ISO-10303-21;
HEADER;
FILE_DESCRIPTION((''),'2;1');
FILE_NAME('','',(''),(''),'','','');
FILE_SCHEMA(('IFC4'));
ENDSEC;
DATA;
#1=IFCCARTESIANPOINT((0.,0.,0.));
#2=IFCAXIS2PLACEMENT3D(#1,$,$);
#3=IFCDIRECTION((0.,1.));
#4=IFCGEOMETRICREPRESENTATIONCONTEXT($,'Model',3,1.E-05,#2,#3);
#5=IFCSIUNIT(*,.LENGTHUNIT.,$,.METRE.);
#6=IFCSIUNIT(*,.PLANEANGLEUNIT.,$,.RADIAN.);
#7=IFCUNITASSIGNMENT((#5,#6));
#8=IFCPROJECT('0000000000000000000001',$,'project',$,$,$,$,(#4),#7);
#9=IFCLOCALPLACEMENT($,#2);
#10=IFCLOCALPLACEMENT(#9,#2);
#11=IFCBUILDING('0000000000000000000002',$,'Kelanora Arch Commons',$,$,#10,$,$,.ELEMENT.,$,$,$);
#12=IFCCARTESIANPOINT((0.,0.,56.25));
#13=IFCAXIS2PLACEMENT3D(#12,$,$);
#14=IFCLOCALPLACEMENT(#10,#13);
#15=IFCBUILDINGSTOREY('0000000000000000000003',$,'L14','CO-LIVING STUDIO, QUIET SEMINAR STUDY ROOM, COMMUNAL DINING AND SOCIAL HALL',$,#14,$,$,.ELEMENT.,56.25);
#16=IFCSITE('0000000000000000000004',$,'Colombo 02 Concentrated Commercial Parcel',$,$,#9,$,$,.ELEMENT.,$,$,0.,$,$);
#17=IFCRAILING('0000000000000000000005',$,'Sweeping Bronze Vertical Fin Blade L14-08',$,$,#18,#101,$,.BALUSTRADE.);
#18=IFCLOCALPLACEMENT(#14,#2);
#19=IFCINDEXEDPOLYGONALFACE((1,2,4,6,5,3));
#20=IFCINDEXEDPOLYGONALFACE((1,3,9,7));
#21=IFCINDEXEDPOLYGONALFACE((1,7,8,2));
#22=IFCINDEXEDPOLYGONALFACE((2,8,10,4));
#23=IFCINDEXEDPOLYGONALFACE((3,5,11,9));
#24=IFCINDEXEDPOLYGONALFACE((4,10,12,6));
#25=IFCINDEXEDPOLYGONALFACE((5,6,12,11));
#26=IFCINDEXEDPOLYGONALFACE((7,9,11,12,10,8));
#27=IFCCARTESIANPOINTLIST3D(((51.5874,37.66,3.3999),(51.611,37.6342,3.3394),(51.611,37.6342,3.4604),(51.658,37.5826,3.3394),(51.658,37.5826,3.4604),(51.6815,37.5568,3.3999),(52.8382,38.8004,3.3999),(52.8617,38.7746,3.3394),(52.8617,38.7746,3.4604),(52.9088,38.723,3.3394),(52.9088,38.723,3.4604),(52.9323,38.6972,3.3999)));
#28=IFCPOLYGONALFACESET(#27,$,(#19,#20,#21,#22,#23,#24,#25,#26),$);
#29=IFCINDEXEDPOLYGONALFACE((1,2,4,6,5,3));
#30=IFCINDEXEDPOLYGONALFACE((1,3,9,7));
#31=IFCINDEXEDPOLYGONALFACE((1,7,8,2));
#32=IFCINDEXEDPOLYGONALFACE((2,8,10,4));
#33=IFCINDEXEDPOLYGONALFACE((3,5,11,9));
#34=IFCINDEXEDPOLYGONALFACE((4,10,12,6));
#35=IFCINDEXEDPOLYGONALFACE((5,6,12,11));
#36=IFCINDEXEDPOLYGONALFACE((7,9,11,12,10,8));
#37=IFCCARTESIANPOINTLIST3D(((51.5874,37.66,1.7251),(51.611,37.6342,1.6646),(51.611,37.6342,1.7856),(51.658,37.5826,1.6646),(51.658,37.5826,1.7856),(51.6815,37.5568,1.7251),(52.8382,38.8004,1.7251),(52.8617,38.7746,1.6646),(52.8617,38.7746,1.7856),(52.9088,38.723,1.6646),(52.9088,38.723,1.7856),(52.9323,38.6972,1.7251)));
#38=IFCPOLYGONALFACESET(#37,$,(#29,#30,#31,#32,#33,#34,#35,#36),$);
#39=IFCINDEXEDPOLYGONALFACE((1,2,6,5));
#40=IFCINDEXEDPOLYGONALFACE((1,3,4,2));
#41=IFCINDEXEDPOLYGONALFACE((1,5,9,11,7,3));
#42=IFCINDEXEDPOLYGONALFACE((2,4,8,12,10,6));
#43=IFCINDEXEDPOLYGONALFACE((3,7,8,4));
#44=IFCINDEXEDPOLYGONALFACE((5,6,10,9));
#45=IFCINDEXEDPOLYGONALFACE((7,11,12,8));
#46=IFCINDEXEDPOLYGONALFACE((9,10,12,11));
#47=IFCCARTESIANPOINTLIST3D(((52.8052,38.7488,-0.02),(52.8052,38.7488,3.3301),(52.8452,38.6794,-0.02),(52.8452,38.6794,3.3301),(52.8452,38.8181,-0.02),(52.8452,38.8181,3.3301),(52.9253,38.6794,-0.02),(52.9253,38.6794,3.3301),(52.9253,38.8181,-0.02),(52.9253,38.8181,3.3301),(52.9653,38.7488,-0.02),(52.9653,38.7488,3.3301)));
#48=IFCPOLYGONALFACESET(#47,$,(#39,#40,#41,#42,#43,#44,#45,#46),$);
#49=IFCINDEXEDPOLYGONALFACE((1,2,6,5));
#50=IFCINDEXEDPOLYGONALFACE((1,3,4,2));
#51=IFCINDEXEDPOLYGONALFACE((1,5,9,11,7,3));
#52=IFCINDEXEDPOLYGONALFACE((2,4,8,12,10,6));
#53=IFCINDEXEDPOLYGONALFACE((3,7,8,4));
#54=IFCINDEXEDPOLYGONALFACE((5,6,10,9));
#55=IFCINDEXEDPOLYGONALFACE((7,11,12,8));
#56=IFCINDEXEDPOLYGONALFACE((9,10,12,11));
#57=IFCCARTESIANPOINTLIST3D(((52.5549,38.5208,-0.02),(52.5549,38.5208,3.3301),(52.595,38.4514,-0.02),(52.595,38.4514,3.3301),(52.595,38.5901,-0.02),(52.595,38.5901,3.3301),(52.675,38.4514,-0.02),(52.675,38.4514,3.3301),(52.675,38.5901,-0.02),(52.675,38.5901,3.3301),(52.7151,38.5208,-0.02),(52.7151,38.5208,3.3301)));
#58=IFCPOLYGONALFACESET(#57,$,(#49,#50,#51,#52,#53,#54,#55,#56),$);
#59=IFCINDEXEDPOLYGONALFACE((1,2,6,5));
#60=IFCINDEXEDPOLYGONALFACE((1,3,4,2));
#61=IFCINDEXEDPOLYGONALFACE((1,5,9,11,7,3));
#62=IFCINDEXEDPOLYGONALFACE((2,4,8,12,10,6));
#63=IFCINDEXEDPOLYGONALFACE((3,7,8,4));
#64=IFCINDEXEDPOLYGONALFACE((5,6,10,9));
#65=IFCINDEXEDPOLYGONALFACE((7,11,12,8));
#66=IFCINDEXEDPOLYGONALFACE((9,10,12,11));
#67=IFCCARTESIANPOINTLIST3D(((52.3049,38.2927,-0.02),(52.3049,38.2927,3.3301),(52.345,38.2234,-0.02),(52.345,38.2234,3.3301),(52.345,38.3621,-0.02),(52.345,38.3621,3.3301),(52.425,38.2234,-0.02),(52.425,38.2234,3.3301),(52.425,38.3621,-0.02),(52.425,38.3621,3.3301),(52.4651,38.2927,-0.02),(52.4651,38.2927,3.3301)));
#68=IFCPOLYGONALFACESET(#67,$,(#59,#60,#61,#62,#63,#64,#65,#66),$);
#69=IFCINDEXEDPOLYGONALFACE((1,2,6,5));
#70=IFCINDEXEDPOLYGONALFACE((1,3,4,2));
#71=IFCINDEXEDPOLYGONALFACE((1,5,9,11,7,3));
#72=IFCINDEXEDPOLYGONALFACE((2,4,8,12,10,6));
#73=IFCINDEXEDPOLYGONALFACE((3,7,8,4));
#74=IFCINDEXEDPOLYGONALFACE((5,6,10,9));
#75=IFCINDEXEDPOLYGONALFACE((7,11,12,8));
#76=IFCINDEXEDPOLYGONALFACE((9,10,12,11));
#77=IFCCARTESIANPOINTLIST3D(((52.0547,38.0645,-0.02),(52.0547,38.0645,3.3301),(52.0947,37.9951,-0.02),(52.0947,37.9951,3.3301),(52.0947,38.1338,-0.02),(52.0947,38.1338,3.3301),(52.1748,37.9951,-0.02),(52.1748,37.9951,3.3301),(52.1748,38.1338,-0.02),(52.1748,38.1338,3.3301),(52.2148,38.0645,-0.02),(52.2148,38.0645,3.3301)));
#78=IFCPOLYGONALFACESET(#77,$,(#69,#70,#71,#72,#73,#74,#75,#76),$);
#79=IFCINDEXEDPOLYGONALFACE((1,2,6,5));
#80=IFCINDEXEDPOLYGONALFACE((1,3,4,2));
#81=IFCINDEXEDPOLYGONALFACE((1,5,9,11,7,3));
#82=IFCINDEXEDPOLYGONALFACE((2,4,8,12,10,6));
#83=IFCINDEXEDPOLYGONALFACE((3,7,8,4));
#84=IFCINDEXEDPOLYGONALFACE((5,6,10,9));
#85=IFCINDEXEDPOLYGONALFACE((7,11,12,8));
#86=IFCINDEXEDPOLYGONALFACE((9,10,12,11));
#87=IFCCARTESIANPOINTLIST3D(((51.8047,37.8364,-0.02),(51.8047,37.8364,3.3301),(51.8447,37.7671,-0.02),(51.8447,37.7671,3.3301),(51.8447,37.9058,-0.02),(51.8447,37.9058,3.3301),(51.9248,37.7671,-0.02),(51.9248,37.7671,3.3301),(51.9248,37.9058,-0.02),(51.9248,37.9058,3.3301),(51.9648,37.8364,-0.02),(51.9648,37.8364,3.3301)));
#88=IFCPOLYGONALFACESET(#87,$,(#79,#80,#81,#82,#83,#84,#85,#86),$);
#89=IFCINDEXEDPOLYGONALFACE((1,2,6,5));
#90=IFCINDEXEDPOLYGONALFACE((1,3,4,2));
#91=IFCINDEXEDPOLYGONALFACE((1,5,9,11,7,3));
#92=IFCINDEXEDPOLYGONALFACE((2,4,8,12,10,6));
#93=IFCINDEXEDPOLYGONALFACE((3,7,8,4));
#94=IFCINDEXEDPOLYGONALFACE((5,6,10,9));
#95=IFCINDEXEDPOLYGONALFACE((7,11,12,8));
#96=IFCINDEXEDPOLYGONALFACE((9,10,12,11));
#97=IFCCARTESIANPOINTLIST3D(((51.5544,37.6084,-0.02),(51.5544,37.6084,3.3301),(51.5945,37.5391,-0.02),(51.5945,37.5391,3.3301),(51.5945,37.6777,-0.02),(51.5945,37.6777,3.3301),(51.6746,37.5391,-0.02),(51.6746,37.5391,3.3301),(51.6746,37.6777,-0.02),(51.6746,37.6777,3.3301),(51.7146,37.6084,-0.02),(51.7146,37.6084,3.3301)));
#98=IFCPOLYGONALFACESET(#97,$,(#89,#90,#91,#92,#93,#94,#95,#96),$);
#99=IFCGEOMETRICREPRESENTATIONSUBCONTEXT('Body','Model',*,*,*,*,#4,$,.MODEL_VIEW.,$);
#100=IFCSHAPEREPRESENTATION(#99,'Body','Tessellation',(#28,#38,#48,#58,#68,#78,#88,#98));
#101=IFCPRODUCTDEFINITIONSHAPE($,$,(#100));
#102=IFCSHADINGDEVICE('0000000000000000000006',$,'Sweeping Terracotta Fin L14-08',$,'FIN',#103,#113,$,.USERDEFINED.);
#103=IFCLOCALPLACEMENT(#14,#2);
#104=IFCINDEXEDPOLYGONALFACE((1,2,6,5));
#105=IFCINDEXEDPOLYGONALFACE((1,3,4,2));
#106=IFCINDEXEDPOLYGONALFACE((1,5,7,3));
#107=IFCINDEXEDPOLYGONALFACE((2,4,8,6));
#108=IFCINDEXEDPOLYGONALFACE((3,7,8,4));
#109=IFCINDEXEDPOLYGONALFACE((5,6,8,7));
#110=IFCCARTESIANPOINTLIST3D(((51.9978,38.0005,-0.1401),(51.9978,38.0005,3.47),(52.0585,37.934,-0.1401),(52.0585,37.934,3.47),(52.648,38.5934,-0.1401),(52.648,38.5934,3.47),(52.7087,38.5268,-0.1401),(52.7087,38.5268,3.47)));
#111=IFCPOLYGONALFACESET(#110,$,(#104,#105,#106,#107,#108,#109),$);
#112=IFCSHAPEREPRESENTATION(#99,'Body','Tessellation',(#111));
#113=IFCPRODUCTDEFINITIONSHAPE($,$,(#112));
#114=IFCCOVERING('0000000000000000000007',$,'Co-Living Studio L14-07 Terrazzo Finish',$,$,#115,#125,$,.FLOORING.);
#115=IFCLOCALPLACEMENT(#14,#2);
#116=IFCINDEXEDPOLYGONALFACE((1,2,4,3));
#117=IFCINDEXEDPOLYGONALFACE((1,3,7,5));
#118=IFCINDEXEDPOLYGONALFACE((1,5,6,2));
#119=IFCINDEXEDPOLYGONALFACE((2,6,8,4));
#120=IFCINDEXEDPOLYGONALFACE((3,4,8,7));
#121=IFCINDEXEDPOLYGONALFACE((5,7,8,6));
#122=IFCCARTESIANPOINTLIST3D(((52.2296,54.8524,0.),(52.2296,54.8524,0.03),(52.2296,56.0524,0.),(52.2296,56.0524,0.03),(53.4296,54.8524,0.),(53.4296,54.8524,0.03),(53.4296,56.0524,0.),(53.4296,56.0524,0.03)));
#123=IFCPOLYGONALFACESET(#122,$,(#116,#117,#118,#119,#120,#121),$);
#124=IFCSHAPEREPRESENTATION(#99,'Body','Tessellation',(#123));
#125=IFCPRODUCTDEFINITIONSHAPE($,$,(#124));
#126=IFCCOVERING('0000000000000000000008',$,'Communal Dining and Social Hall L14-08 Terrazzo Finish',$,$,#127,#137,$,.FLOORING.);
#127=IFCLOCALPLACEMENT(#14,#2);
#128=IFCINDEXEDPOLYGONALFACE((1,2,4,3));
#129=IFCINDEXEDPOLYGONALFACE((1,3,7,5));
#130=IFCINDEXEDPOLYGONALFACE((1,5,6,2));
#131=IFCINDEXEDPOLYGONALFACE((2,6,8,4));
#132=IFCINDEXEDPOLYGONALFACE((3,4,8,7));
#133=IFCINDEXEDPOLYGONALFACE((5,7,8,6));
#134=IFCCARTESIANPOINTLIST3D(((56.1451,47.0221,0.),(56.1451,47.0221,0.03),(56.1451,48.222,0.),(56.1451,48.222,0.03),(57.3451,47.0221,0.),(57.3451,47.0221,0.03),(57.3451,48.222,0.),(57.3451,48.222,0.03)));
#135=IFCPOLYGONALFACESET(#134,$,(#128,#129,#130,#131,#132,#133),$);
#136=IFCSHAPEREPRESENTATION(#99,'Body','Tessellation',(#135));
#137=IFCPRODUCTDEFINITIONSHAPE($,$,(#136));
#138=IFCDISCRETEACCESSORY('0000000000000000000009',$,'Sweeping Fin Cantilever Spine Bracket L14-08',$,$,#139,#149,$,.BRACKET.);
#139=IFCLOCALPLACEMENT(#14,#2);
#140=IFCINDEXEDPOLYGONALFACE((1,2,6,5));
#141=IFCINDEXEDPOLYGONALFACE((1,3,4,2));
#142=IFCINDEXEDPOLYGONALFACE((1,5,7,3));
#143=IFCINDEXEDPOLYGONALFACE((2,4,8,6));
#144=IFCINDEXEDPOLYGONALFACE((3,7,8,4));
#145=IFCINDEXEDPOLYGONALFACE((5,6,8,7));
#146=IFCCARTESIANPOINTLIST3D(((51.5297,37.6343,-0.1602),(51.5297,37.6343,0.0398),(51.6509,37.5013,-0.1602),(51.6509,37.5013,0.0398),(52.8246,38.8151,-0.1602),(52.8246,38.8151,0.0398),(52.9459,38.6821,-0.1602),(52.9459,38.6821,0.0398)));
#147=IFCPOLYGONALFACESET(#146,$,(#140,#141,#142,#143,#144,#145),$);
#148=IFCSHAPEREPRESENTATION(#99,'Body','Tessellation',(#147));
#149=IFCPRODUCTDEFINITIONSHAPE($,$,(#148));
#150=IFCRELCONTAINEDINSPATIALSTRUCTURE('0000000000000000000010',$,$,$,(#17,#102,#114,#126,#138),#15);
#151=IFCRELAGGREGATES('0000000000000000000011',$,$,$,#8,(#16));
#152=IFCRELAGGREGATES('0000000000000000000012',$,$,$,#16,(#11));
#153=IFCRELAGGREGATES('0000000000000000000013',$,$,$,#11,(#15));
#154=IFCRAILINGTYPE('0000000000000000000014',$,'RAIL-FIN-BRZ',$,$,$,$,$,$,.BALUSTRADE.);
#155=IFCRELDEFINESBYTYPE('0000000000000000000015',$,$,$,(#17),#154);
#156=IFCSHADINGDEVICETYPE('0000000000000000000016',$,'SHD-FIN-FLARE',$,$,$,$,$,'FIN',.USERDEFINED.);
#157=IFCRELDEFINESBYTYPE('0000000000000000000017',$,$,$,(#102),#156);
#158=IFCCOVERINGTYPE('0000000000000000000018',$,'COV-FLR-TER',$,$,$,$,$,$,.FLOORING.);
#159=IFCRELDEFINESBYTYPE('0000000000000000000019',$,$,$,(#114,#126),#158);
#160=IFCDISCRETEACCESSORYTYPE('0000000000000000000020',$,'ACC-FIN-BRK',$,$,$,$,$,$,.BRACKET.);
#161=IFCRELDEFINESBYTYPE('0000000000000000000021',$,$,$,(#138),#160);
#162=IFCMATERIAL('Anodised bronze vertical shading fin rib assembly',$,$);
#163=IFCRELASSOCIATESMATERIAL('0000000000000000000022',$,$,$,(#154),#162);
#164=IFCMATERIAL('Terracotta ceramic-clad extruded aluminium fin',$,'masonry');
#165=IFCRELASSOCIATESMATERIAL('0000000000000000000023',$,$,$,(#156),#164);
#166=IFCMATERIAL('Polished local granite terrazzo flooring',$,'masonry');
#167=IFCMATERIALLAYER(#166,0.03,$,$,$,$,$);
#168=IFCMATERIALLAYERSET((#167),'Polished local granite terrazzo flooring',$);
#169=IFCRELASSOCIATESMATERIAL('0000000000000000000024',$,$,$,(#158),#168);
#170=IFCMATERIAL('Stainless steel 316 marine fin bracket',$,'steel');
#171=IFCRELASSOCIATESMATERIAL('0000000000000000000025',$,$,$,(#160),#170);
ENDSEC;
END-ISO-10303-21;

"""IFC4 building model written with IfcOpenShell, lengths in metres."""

from ifc_helpers import new_model, si_unit, direction, frame, origin, origin_2d, place, context, subcontext, project, spatial, polyline, rectangle, outline, extrude, source, transform, mapped, material, layer, layer_set, type_object, element, save


model = new_model("IFC4")

# Units and contexts
model_context = context("Model", 3, precision=1e-05, world=origin(), true_north=direction((0.0, 1.0)))
body_context = subcontext(model_context, "Body", "Model", "MODEL_VIEW")
ifc_project = project(units=[si_unit("LENGTHUNIT", "METRE"), si_unit("PLANEANGLEUNIT", "RADIAN")], contexts=[model_context])

# Site, building, storey
site_placement = place(None, origin())
site = spatial("IfcSite", under=ifc_project, at=site_placement, Name="Colombo 02 Concentrated Commercial Parcel", CompositionType="ELEMENT", RefElevation=0.0)
building_placement = place(site_placement, origin())
building = spatial("IfcBuilding", under=site, at=building_placement, Name="Kelanora Arch Commons", CompositionType="ELEMENT")
storey_placement = place(building_placement, frame((0.0, 0.0, 56.25)))
storey = spatial("IfcBuildingStorey", under=building, at=storey_placement, Name="L14", Description="CO-LIVING STUDIO, QUIET SEMINAR STUDY ROOM, COMMUNAL DINING AND SOCIAL HALL", CompositionType="ELEMENT", Elevation=56.25)

# Railing
ifc_material_1 = material(Name="Anodised bronze vertical shading fin rib assembly")
railing_type = type_object("IfcRailingType", Name="RAIL-FIN-BRZ", PredefinedType="BALUSTRADE", material=ifc_material_1)
railing_placement = place(storey_placement, frame((52.8853, 38.7488, -0.02)))
element("IfcRailing", 1, at=railing_placement, inside=storey, type_object=railing_type, Name="Sweeping Bronze Vertical Fin Blade L14-08", PredefinedType="BALUSTRADE", context=body_context, shape_type="SweptSolid", body=[
    extrude(outline(polyline([(0.0698, 0.0), (0.0349, 0.0605), (-0.0349, 0.0605), (-0.0698, 0.0), (-0.0349, -0.0605), (0.0349, -0.0605), (0.0698, 0.0)])), frame((0.0, 0.0, 3.4199), z_axis=(-0.738954, -0.673756, 0.0), x_axis=(0.673756, -0.738954, 0.0)), (0.0, 0.0, 1.0), 1.6926),
    extrude(outline(polyline([(0.0698, 0.0), (0.0349, 0.0605), (-0.0349, 0.0605), (-0.0698, 0.0), (-0.0349, -0.0605), (0.0349, -0.0605), (0.0698, 0.0)])), frame((0.0, 0.0, 1.7451), z_axis=(-0.738954, -0.673756, 0.0), x_axis=(0.673756, -0.738954, 0.0)), (0.0, 0.0, 1.0), 1.6926),
    extrude(outline(polyline([(0.0801, 0.0), (0.04, 0.0693), (-0.04, 0.0693), (-0.0801, 0.0), (-0.04, -0.0693), (0.04, -0.0693), (0.0801, 0.0)])), origin(), (0.0, 0.0, 1.0), 3.3501),
    extrude(outline(polyline([(0.0801, 0.0), (0.04, 0.0693), (-0.04, 0.0693), (-0.0801, 0.0), (-0.04, -0.0693), (0.04, -0.0693), (0.0801, 0.0)])), frame((-0.2502, -0.228, 0.0)), (0.0, 0.0, 1.0), 3.3501),
    extrude(outline(polyline([(0.0801, 0.0), (0.04, 0.0693), (-0.04, 0.0693), (-0.0801, 0.0), (-0.04, -0.0693), (0.04, -0.0693), (0.0801, 0.0)])), frame((-0.5002, -0.4561, 0.0)), (0.0, 0.0, 1.0), 3.3501),
    extrude(outline(polyline([(0.0801, 0.0), (0.04, 0.0693), (-0.04, 0.0693), (-0.0801, 0.0), (-0.04, -0.0693), (0.04, -0.0693), (0.0801, 0.0)])), frame((-0.7505, -0.6843, 0.0)), (0.0, 0.0, 1.0), 3.3501),
    extrude(outline(polyline([(0.0801, 0.0), (0.04, 0.0693), (-0.04, 0.0693), (-0.0801, 0.0), (-0.04, -0.0693), (0.04, -0.0693), (0.0801, 0.0)])), frame((-1.0005, -0.9124, 0.0)), (0.0, 0.0, 1.0), 3.3501),
    extrude(outline(polyline([(0.0801, 0.0), (0.04, 0.0693), (-0.04, 0.0693), (-0.0801, 0.0), (-0.04, -0.0693), (0.04, -0.0693), (0.0801, 0.0)])), frame((-1.2507, -1.1404, 0.0)), (0.0, 0.0, 1.0), 3.3501),
])

# Shading device
ifc_material_2 = material(Name="Terracotta ceramic-clad extruded aluminium fin", Category="masonry")
shading_device_type = type_object("IfcShadingDeviceType", Name="SHD-FIN-FLARE", ElementType="FIN", PredefinedType="USERDEFINED", material=ifc_material_2)
shared_shape_1 = source(origin(), body_context, "Body", "SweptSolid", [
    extrude(rectangle(XDim=0.8799, YDim=0.0901, at=origin_2d()), origin(), (0.0, 0.0, 1.0), 3.6101),
])
shading_device_placement = place(storey_placement, frame((52.3533, 38.2637, -0.1401), z_axis=(0.0, 0.0, 1.0), x_axis=(-0.738926, -0.673787, 0.0)))
element("IfcShadingDevice", 2, at=shading_device_placement, inside=storey, type_object=shading_device_type, Name="Sweeping Terracotta Fin L14-08", ObjectType="FIN", PredefinedType="USERDEFINED", context=body_context, shape_type="MappedRepresentation", body=[
    mapped(shared_shape_1, transform((0.0, 0.0, 0.0), scale=1.0)),
])

# Coverings
ifc_material_3 = material(Name="Polished local granite terrazzo flooring", Category="masonry")
ifc_layer_1 = layer(ifc_material_3, 0.03)
ifc_layer_set_1 = layer_set([ifc_layer_1], Name="Polished local granite terrazzo flooring")
covering_type = type_object("IfcCoveringType", Name="COV-FLR-TER", PredefinedType="FLOORING", material=ifc_layer_set_1)
shared_shape_2 = source(origin(), body_context, "Body", "SweptSolid", [
    extrude(rectangle(XDim=1.2, YDim=1.2, at=origin_2d()), origin(), (0.0, 0.0, 1.0), 0.03),
])
for number, where, z_axis, x_axis, name in (
    (3, (52.8296, 55.4524, 0.0), (0.0, 0.0, 1.0), (1.0, 0.0, 0.0), "Co-Living Studio L14-07 Terrazzo Finish"),
    (4, (56.7451, 47.6221, 0.0), (0.0, 0.0, 1.0), (1.0, 0.0, 0.0), "Communal Dining and Social Hall L14-08 Terrazzo Finish"),
):
    element("IfcCovering", number, at=place(storey_placement, frame(where, z_axis=z_axis, x_axis=x_axis)), inside=storey, type_object=covering_type, Name=name, PredefinedType="FLOORING", context=body_context, shape_type="MappedRepresentation", body=[
        mapped(shared_shape_2, transform((0.0, 0.0, 0.0), scale=1.0)),
    ])

# Discrete accessory
ifc_material_4 = material(Name="Stainless steel 316 marine fin bracket", Category="steel")
discrete_accessory_type = type_object("IfcDiscreteAccessoryType", Name="ACC-FIN-BRK", PredefinedType="BRACKET", material=ifc_material_4)
shared_shape_3 = source(origin(), body_context, "Body", "SweptSolid", [
    extrude(rectangle(XDim=1.7524, YDim=0.1799, at=origin_2d()), origin(), (0.0, 0.0, 1.0), 0.2),
])
discrete_accessory_placement = place(storey_placement, frame((52.2378, 38.1582, -0.1602), z_axis=(0.0, 0.0, 1.0), x_axis=(-0.738926, -0.673787, 0.0)))
element("IfcDiscreteAccessory", 5, at=discrete_accessory_placement, inside=storey, type_object=discrete_accessory_type, Name="Sweeping Fin Cantilever Spine Bracket L14-08", PredefinedType="BRACKET", context=body_context, shape_type="MappedRepresentation", body=[
    mapped(shared_shape_3, transform((0.0, 0.0, 0.0), scale=1.0)),
])

save(model, "model.ifc")
